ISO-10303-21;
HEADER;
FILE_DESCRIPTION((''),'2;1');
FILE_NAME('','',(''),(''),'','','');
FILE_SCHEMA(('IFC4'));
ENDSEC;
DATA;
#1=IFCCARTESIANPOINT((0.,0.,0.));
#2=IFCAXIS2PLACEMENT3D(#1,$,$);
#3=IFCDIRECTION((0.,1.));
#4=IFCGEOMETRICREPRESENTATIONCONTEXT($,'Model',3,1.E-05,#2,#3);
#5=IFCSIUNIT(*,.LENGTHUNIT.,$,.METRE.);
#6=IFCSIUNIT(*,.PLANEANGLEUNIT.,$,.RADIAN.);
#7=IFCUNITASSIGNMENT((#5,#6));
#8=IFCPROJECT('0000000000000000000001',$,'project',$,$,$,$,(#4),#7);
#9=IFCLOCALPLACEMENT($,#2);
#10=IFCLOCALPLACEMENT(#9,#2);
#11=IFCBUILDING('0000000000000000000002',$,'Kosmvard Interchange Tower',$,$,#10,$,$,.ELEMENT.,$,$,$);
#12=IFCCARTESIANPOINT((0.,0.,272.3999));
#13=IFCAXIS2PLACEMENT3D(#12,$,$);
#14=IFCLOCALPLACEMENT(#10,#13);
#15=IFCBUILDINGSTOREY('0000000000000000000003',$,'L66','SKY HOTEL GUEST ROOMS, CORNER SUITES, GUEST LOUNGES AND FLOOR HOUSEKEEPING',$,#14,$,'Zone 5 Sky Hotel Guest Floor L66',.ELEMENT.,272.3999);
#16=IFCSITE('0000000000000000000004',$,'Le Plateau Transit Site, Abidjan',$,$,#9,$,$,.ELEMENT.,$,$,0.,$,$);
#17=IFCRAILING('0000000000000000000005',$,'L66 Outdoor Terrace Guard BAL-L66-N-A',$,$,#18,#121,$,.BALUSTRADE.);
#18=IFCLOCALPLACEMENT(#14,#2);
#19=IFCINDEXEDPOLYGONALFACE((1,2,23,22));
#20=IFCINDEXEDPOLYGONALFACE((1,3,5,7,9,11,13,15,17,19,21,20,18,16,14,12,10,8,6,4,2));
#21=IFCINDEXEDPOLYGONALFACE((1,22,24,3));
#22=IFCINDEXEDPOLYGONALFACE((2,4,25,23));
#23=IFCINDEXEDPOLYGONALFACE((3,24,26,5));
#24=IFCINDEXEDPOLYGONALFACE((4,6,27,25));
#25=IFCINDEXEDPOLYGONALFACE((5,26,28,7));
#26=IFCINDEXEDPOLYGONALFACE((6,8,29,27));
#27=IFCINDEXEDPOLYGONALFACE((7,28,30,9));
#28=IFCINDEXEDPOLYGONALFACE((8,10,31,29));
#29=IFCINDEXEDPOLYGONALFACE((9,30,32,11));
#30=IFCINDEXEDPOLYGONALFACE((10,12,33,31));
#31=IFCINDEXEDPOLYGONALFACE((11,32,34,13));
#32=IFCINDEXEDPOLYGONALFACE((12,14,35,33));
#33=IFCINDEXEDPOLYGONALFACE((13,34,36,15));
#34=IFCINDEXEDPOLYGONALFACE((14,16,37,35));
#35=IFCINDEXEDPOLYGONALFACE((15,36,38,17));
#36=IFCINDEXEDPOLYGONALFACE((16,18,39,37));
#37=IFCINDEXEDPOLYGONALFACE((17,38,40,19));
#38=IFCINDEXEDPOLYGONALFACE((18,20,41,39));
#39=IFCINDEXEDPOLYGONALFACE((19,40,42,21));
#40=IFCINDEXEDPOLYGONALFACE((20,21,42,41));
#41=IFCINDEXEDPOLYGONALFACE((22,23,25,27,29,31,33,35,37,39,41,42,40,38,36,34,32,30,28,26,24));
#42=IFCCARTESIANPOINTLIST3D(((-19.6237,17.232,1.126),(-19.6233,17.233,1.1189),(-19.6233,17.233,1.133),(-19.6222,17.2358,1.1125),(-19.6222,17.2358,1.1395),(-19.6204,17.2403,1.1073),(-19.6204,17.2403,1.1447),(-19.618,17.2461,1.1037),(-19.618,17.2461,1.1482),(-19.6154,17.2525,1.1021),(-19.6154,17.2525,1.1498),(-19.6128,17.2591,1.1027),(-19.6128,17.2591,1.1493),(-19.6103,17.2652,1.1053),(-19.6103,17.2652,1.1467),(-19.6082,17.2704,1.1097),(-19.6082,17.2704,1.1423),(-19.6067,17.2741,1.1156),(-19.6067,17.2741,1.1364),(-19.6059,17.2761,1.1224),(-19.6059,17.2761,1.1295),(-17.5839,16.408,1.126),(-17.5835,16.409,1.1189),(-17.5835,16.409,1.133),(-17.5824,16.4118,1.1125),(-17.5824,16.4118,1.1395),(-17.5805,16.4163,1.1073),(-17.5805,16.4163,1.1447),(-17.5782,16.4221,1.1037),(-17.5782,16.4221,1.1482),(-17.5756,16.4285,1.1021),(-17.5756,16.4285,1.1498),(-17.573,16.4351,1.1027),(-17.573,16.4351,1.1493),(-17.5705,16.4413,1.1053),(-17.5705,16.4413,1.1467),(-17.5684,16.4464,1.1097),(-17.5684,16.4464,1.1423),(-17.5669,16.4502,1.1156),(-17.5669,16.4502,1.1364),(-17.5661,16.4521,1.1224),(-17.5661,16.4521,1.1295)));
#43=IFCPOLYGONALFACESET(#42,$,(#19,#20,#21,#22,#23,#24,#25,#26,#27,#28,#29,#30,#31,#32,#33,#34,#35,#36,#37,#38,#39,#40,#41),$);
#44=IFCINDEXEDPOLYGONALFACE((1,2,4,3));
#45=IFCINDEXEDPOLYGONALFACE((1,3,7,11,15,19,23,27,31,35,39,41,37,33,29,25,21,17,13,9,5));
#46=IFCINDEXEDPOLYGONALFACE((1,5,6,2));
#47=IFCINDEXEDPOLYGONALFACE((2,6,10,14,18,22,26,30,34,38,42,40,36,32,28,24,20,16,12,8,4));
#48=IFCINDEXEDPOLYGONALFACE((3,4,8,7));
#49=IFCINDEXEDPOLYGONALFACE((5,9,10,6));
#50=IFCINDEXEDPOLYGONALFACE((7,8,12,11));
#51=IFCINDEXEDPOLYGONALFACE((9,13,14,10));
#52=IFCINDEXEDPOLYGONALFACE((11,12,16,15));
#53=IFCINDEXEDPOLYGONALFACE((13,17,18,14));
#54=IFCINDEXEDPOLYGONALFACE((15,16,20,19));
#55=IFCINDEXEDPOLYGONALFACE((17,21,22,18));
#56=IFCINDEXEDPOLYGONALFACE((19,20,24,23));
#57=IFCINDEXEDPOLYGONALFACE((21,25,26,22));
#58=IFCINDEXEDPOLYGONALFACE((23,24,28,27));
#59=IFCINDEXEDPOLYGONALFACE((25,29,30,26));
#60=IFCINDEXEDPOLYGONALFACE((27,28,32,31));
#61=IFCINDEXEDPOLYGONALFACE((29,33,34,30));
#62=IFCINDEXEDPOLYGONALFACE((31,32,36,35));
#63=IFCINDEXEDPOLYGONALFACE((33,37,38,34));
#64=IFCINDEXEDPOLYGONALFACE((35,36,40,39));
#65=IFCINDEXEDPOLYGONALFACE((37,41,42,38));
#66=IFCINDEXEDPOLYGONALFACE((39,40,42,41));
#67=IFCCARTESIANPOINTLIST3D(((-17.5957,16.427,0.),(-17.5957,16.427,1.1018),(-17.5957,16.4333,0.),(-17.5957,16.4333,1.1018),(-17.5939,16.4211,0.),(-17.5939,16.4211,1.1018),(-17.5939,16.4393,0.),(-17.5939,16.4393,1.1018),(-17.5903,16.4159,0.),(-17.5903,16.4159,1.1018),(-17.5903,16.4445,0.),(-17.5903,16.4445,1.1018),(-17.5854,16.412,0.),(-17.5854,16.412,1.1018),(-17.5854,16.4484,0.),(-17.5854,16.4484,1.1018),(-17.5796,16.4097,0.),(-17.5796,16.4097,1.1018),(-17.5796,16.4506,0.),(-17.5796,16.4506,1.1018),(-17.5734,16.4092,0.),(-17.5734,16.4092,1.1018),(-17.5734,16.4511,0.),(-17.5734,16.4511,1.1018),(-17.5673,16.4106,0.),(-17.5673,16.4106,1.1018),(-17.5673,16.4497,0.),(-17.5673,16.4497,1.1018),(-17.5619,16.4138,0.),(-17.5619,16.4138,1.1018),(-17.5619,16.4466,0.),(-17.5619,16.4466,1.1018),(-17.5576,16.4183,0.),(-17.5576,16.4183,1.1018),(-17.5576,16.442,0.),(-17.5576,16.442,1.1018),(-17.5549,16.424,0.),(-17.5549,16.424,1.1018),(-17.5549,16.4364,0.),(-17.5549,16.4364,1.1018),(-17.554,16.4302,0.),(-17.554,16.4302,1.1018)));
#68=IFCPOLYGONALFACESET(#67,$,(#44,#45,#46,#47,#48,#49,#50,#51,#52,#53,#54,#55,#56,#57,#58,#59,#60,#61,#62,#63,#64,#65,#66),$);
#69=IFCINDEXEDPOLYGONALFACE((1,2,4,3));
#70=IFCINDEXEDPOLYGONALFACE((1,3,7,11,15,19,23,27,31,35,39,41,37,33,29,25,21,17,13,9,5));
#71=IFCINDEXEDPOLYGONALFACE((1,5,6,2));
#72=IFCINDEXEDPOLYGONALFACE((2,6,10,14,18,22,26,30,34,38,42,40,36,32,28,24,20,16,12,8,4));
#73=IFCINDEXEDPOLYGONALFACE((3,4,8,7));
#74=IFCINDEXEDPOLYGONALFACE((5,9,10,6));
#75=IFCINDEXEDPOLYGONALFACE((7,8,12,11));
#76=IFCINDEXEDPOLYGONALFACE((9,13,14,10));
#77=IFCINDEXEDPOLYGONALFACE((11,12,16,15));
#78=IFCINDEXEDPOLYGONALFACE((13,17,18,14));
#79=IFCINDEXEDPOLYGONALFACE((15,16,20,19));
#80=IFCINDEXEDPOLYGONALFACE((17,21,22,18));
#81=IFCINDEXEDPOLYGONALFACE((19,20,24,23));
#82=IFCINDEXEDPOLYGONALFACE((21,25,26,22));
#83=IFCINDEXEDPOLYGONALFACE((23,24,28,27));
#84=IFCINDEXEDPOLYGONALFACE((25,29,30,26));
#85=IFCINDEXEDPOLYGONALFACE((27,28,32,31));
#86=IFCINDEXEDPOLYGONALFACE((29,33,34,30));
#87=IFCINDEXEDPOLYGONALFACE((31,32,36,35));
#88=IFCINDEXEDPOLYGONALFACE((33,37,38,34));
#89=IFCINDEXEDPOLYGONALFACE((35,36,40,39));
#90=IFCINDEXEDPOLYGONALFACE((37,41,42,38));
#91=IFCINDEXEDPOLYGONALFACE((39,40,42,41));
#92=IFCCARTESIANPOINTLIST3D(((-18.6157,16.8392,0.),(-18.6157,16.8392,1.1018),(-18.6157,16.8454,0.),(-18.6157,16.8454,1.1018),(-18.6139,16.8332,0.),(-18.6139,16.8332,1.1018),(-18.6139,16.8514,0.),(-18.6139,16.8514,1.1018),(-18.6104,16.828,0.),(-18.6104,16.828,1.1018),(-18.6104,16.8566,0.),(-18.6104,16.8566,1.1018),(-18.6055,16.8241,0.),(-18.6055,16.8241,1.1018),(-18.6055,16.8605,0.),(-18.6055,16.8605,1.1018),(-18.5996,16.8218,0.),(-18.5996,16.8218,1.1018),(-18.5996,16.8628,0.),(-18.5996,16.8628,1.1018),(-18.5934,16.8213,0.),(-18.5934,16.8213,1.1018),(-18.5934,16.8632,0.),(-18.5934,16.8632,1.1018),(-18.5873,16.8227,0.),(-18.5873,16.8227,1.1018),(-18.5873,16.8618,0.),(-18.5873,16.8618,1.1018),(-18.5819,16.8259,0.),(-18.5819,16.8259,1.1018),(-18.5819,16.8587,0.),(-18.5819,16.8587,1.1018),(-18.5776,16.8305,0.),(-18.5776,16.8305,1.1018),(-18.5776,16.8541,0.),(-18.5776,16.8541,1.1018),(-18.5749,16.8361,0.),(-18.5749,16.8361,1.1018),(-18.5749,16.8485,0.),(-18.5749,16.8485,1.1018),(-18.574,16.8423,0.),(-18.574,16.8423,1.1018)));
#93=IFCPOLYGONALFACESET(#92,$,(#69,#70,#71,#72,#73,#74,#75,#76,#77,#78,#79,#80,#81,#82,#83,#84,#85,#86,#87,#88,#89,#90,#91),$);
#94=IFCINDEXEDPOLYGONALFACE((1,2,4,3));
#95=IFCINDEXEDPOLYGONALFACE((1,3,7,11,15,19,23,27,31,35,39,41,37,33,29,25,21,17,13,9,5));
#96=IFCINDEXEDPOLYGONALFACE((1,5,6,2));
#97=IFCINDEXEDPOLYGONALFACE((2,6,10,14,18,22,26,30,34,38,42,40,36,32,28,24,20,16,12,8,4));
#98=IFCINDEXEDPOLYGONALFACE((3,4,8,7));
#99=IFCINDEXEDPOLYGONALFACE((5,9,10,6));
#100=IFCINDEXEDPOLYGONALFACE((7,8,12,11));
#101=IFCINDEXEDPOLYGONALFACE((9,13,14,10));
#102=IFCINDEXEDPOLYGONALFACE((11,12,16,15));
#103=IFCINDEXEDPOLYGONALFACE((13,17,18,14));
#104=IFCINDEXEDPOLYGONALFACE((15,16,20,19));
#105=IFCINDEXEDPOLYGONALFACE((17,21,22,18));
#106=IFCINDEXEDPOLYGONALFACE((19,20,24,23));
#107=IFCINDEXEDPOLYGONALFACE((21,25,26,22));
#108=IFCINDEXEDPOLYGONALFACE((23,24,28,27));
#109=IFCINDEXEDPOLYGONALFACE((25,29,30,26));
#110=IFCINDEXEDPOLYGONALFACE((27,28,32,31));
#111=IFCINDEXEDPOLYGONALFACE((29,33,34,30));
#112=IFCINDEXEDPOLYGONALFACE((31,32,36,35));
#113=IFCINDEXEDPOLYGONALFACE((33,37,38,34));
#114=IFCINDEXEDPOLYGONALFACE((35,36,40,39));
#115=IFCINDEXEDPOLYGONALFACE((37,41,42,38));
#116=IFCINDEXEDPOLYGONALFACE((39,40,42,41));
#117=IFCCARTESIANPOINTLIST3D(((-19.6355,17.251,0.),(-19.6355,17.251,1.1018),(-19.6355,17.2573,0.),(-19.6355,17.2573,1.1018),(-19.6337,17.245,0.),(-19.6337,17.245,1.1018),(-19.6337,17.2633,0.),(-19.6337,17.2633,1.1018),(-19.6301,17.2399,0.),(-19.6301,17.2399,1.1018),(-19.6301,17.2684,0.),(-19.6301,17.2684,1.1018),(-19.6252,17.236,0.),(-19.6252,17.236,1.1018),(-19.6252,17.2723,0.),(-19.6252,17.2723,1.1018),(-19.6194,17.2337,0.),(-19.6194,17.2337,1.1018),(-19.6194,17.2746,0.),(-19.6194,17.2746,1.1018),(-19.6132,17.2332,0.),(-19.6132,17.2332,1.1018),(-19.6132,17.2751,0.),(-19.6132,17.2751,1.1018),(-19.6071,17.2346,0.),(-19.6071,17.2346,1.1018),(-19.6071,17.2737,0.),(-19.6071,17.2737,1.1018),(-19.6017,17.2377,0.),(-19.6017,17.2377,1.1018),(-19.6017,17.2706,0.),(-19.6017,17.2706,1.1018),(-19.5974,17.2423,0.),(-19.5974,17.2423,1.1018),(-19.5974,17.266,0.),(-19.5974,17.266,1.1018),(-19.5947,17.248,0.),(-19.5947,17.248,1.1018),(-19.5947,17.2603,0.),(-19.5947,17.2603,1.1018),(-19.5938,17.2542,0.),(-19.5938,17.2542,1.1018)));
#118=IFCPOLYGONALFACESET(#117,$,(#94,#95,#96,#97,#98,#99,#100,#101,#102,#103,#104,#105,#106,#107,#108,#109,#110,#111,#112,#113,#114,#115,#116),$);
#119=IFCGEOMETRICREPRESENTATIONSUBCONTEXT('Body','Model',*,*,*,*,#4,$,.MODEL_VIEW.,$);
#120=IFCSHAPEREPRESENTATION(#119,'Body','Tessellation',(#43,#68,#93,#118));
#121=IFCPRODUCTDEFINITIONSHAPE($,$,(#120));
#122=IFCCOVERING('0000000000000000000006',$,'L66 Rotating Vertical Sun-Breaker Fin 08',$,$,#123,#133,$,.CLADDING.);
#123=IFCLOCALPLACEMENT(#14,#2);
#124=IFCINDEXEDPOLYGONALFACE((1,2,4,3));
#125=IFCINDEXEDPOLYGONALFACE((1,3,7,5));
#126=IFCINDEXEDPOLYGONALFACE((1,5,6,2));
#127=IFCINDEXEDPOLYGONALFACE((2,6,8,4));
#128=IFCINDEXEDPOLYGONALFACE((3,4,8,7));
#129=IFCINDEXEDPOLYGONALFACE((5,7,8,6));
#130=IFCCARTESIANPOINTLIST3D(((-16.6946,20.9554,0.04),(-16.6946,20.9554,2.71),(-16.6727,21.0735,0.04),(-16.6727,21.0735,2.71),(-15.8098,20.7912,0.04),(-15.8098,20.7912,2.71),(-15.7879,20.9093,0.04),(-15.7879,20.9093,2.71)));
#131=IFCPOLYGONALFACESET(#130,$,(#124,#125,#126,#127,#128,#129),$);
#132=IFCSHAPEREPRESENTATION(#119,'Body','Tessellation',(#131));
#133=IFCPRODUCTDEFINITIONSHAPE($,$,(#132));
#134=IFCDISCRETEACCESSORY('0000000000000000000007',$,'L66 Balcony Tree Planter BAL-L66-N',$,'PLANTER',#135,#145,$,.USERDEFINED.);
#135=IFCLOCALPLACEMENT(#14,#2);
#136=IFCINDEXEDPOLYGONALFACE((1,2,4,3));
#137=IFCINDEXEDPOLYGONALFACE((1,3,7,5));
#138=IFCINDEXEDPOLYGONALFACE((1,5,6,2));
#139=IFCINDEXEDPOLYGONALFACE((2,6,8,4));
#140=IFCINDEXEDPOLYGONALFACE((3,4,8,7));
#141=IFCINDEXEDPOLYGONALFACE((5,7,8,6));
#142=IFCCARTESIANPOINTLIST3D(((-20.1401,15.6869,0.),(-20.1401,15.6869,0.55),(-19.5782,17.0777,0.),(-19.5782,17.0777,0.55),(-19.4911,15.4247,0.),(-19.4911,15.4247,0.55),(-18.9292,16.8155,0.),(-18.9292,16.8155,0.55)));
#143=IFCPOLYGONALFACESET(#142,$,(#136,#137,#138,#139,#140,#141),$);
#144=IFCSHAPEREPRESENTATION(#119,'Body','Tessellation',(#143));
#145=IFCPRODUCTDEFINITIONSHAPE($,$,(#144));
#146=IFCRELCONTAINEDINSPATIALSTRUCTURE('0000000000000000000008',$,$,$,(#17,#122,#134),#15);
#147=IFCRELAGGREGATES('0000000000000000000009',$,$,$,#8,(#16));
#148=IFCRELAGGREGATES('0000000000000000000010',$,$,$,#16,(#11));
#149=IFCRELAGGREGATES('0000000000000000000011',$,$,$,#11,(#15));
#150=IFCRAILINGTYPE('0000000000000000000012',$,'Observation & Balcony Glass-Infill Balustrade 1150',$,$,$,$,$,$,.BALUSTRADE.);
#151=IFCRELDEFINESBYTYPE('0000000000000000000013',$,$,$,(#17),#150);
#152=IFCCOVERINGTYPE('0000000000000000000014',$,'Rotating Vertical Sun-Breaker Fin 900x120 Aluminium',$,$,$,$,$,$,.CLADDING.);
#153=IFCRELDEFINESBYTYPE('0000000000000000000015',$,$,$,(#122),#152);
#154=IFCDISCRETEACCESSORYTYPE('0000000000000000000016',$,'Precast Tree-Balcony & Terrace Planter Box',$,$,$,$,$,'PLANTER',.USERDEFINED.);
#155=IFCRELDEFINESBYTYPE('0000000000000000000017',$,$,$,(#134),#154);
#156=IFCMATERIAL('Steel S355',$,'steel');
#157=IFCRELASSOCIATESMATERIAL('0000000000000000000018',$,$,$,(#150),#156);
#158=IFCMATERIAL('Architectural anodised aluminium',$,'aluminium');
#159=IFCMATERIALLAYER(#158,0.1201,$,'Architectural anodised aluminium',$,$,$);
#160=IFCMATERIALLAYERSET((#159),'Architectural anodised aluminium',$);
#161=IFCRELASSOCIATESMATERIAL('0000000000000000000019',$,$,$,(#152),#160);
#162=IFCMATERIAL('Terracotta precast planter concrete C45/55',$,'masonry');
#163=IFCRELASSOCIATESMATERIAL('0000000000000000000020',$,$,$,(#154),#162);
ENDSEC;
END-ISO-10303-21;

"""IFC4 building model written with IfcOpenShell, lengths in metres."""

from ifc_helpers import new_model, si_unit, direction, frame, origin, origin_2d, place, context, subcontext, project, spatial, rectangle, circle, extrude, source, transform, mapped, material, layer, layer_set, type_object, element, save


model = new_model("IFC4")

# Units and contexts
model_context = context("Model", 3, precision=1e-05, world=origin(), true_north=direction((0.0, 1.0)))
body_context = subcontext(model_context, "Body", "Model", "MODEL_VIEW")
ifc_project = project(units=[si_unit("LENGTHUNIT", "METRE"), si_unit("PLANEANGLEUNIT", "RADIAN")], contexts=[model_context])

# Site, building, storey
site_placement = place(None, origin())
site = spatial("IfcSite", under=ifc_project, at=site_placement, Name="Le Plateau Transit Site, Abidjan", CompositionType="ELEMENT", RefElevation=0.0)
building_placement = place(site_placement, origin())
building = spatial("IfcBuilding", under=site, at=building_placement, Name="Kosmvard Interchange Tower", CompositionType="ELEMENT")
storey_placement = place(building_placement, frame((0.0, 0.0, 272.3999)))
storey = spatial("IfcBuildingStorey", under=building, at=storey_placement, Name="L66", Description="SKY HOTEL GUEST ROOMS, CORNER SUITES, GUEST LOUNGES AND FLOOR HOUSEKEEPING", LongName="Zone 5 Sky Hotel Guest Floor L66", CompositionType="ELEMENT", Elevation=272.3999)

# Shared definitions
ifc_material_1 = material(Name="Steel S355", Category="steel")

# Railing
railing_type = type_object("IfcRailingType", Name="Observation & Balcony Glass-Infill Balustrade 1150", PredefinedType="BALUSTRADE", material=ifc_material_1)
shared_shape_1 = source(origin(), body_context, "Body", "SweptSolid", [
    extrude(circle(Radius=0.0239, at=origin_2d()), frame((0.0, 0.0, 1.126), z_axis=(-0.927208, 0.374546, 0.0), x_axis=(-0.374546, -0.927208, 0.0)), (0.0, 0.0, 1.0), 2.2),
    extrude(circle(Radius=0.021, at=origin_2d()), origin(), (0.0, 0.0, 1.0), 1.1018),
    extrude(circle(Radius=0.021, at=origin_2d()), frame((-1.02, 0.4121, 0.0)), (0.0, 0.0, 1.0), 1.1018),
    extrude(circle(Radius=0.021, at=origin_2d()), frame((-2.0398, 0.824, 0.0)), (0.0, 0.0, 1.0), 1.1018),
])
railing_1_placement = place(storey_placement, frame((-17.575, 16.4302, 0.0)))
element("IfcRailing", 1, at=railing_1_placement, inside=storey, type_object=railing_type, Name="L66 Outdoor Terrace Guard BAL-L66-N-A", PredefinedType="BALUSTRADE", context=body_context, shape_type="MappedRepresentation", body=[
    mapped(shared_shape_1, transform((0.0, 0.0, 0.0), scale=1.0)),
])

# Covering
ifc_material_2 = material(Name="Architectural anodised aluminium", Category="aluminium")
ifc_layer_1 = layer(ifc_material_2, 0.1201, Name="Architectural anodised aluminium")
ifc_layer_set_1 = layer_set([ifc_layer_1], Name="Architectural anodised aluminium")
covering_type = type_object("IfcCoveringType", Name="Rotating Vertical Sun-Breaker Fin 900x120 Aluminium", PredefinedType="CLADDING", material=ifc_layer_set_1)
shared_shape_2 = source(origin(), body_context, "Body", "SweptSolid", [
    extrude(rectangle(XDim=0.8999, YDim=0.1201, at=origin_2d()), origin(), (0.0, 0.0, 1.0), 2.6699),
])
covering_placement = place(storey_placement, frame((-16.2412, 20.9324, 0.04), z_axis=(0.0, 0.0, 1.0), x_axis=(-0.983223, 0.182407, 0.0)))
element("IfcCovering", 2, at=covering_placement, inside=storey, type_object=covering_type, Name="L66 Rotating Vertical Sun-Breaker Fin 08", PredefinedType="CLADDING", context=body_context, shape_type="MappedRepresentation", body=[
    mapped(shared_shape_2, transform((0.0, 0.0, 0.0), scale=1.0)),
])

# Discrete accessory
ifc_material_3 = material(Name="Terracotta precast planter concrete C45/55", Category="masonry")
discrete_accessory_type = type_object("IfcDiscreteAccessoryType", Name="Precast Tree-Balcony & Terrace Planter Box", ElementType="PLANTER", PredefinedType="USERDEFINED", material=ifc_material_3)
shared_shape_3 = source(origin(), body_context, "Body", "SweptSolid", [
    extrude(rectangle(XDim=1.5, YDim=0.7, at=origin_2d()), origin(), (0.0, 0.0, 1.0), 0.55),
])
discrete_accessory_placement = place(storey_placement, frame((-19.5347, 16.2512, 0.0), z_axis=(0.0, 0.0, 1.0), x_axis=(0.374607, 0.927184, 0.0)))
element("IfcDiscreteAccessory", 3, at=discrete_accessory_placement, inside=storey, type_object=discrete_accessory_type, Name="L66 Balcony Tree Planter BAL-L66-N", ObjectType="PLANTER", PredefinedType="USERDEFINED", context=body_context, shape_type="MappedRepresentation", body=[
    mapped(shared_shape_3, transform((0.0, 0.0, 0.0), scale=1.0)),
])

save(model, "model.ifc")
